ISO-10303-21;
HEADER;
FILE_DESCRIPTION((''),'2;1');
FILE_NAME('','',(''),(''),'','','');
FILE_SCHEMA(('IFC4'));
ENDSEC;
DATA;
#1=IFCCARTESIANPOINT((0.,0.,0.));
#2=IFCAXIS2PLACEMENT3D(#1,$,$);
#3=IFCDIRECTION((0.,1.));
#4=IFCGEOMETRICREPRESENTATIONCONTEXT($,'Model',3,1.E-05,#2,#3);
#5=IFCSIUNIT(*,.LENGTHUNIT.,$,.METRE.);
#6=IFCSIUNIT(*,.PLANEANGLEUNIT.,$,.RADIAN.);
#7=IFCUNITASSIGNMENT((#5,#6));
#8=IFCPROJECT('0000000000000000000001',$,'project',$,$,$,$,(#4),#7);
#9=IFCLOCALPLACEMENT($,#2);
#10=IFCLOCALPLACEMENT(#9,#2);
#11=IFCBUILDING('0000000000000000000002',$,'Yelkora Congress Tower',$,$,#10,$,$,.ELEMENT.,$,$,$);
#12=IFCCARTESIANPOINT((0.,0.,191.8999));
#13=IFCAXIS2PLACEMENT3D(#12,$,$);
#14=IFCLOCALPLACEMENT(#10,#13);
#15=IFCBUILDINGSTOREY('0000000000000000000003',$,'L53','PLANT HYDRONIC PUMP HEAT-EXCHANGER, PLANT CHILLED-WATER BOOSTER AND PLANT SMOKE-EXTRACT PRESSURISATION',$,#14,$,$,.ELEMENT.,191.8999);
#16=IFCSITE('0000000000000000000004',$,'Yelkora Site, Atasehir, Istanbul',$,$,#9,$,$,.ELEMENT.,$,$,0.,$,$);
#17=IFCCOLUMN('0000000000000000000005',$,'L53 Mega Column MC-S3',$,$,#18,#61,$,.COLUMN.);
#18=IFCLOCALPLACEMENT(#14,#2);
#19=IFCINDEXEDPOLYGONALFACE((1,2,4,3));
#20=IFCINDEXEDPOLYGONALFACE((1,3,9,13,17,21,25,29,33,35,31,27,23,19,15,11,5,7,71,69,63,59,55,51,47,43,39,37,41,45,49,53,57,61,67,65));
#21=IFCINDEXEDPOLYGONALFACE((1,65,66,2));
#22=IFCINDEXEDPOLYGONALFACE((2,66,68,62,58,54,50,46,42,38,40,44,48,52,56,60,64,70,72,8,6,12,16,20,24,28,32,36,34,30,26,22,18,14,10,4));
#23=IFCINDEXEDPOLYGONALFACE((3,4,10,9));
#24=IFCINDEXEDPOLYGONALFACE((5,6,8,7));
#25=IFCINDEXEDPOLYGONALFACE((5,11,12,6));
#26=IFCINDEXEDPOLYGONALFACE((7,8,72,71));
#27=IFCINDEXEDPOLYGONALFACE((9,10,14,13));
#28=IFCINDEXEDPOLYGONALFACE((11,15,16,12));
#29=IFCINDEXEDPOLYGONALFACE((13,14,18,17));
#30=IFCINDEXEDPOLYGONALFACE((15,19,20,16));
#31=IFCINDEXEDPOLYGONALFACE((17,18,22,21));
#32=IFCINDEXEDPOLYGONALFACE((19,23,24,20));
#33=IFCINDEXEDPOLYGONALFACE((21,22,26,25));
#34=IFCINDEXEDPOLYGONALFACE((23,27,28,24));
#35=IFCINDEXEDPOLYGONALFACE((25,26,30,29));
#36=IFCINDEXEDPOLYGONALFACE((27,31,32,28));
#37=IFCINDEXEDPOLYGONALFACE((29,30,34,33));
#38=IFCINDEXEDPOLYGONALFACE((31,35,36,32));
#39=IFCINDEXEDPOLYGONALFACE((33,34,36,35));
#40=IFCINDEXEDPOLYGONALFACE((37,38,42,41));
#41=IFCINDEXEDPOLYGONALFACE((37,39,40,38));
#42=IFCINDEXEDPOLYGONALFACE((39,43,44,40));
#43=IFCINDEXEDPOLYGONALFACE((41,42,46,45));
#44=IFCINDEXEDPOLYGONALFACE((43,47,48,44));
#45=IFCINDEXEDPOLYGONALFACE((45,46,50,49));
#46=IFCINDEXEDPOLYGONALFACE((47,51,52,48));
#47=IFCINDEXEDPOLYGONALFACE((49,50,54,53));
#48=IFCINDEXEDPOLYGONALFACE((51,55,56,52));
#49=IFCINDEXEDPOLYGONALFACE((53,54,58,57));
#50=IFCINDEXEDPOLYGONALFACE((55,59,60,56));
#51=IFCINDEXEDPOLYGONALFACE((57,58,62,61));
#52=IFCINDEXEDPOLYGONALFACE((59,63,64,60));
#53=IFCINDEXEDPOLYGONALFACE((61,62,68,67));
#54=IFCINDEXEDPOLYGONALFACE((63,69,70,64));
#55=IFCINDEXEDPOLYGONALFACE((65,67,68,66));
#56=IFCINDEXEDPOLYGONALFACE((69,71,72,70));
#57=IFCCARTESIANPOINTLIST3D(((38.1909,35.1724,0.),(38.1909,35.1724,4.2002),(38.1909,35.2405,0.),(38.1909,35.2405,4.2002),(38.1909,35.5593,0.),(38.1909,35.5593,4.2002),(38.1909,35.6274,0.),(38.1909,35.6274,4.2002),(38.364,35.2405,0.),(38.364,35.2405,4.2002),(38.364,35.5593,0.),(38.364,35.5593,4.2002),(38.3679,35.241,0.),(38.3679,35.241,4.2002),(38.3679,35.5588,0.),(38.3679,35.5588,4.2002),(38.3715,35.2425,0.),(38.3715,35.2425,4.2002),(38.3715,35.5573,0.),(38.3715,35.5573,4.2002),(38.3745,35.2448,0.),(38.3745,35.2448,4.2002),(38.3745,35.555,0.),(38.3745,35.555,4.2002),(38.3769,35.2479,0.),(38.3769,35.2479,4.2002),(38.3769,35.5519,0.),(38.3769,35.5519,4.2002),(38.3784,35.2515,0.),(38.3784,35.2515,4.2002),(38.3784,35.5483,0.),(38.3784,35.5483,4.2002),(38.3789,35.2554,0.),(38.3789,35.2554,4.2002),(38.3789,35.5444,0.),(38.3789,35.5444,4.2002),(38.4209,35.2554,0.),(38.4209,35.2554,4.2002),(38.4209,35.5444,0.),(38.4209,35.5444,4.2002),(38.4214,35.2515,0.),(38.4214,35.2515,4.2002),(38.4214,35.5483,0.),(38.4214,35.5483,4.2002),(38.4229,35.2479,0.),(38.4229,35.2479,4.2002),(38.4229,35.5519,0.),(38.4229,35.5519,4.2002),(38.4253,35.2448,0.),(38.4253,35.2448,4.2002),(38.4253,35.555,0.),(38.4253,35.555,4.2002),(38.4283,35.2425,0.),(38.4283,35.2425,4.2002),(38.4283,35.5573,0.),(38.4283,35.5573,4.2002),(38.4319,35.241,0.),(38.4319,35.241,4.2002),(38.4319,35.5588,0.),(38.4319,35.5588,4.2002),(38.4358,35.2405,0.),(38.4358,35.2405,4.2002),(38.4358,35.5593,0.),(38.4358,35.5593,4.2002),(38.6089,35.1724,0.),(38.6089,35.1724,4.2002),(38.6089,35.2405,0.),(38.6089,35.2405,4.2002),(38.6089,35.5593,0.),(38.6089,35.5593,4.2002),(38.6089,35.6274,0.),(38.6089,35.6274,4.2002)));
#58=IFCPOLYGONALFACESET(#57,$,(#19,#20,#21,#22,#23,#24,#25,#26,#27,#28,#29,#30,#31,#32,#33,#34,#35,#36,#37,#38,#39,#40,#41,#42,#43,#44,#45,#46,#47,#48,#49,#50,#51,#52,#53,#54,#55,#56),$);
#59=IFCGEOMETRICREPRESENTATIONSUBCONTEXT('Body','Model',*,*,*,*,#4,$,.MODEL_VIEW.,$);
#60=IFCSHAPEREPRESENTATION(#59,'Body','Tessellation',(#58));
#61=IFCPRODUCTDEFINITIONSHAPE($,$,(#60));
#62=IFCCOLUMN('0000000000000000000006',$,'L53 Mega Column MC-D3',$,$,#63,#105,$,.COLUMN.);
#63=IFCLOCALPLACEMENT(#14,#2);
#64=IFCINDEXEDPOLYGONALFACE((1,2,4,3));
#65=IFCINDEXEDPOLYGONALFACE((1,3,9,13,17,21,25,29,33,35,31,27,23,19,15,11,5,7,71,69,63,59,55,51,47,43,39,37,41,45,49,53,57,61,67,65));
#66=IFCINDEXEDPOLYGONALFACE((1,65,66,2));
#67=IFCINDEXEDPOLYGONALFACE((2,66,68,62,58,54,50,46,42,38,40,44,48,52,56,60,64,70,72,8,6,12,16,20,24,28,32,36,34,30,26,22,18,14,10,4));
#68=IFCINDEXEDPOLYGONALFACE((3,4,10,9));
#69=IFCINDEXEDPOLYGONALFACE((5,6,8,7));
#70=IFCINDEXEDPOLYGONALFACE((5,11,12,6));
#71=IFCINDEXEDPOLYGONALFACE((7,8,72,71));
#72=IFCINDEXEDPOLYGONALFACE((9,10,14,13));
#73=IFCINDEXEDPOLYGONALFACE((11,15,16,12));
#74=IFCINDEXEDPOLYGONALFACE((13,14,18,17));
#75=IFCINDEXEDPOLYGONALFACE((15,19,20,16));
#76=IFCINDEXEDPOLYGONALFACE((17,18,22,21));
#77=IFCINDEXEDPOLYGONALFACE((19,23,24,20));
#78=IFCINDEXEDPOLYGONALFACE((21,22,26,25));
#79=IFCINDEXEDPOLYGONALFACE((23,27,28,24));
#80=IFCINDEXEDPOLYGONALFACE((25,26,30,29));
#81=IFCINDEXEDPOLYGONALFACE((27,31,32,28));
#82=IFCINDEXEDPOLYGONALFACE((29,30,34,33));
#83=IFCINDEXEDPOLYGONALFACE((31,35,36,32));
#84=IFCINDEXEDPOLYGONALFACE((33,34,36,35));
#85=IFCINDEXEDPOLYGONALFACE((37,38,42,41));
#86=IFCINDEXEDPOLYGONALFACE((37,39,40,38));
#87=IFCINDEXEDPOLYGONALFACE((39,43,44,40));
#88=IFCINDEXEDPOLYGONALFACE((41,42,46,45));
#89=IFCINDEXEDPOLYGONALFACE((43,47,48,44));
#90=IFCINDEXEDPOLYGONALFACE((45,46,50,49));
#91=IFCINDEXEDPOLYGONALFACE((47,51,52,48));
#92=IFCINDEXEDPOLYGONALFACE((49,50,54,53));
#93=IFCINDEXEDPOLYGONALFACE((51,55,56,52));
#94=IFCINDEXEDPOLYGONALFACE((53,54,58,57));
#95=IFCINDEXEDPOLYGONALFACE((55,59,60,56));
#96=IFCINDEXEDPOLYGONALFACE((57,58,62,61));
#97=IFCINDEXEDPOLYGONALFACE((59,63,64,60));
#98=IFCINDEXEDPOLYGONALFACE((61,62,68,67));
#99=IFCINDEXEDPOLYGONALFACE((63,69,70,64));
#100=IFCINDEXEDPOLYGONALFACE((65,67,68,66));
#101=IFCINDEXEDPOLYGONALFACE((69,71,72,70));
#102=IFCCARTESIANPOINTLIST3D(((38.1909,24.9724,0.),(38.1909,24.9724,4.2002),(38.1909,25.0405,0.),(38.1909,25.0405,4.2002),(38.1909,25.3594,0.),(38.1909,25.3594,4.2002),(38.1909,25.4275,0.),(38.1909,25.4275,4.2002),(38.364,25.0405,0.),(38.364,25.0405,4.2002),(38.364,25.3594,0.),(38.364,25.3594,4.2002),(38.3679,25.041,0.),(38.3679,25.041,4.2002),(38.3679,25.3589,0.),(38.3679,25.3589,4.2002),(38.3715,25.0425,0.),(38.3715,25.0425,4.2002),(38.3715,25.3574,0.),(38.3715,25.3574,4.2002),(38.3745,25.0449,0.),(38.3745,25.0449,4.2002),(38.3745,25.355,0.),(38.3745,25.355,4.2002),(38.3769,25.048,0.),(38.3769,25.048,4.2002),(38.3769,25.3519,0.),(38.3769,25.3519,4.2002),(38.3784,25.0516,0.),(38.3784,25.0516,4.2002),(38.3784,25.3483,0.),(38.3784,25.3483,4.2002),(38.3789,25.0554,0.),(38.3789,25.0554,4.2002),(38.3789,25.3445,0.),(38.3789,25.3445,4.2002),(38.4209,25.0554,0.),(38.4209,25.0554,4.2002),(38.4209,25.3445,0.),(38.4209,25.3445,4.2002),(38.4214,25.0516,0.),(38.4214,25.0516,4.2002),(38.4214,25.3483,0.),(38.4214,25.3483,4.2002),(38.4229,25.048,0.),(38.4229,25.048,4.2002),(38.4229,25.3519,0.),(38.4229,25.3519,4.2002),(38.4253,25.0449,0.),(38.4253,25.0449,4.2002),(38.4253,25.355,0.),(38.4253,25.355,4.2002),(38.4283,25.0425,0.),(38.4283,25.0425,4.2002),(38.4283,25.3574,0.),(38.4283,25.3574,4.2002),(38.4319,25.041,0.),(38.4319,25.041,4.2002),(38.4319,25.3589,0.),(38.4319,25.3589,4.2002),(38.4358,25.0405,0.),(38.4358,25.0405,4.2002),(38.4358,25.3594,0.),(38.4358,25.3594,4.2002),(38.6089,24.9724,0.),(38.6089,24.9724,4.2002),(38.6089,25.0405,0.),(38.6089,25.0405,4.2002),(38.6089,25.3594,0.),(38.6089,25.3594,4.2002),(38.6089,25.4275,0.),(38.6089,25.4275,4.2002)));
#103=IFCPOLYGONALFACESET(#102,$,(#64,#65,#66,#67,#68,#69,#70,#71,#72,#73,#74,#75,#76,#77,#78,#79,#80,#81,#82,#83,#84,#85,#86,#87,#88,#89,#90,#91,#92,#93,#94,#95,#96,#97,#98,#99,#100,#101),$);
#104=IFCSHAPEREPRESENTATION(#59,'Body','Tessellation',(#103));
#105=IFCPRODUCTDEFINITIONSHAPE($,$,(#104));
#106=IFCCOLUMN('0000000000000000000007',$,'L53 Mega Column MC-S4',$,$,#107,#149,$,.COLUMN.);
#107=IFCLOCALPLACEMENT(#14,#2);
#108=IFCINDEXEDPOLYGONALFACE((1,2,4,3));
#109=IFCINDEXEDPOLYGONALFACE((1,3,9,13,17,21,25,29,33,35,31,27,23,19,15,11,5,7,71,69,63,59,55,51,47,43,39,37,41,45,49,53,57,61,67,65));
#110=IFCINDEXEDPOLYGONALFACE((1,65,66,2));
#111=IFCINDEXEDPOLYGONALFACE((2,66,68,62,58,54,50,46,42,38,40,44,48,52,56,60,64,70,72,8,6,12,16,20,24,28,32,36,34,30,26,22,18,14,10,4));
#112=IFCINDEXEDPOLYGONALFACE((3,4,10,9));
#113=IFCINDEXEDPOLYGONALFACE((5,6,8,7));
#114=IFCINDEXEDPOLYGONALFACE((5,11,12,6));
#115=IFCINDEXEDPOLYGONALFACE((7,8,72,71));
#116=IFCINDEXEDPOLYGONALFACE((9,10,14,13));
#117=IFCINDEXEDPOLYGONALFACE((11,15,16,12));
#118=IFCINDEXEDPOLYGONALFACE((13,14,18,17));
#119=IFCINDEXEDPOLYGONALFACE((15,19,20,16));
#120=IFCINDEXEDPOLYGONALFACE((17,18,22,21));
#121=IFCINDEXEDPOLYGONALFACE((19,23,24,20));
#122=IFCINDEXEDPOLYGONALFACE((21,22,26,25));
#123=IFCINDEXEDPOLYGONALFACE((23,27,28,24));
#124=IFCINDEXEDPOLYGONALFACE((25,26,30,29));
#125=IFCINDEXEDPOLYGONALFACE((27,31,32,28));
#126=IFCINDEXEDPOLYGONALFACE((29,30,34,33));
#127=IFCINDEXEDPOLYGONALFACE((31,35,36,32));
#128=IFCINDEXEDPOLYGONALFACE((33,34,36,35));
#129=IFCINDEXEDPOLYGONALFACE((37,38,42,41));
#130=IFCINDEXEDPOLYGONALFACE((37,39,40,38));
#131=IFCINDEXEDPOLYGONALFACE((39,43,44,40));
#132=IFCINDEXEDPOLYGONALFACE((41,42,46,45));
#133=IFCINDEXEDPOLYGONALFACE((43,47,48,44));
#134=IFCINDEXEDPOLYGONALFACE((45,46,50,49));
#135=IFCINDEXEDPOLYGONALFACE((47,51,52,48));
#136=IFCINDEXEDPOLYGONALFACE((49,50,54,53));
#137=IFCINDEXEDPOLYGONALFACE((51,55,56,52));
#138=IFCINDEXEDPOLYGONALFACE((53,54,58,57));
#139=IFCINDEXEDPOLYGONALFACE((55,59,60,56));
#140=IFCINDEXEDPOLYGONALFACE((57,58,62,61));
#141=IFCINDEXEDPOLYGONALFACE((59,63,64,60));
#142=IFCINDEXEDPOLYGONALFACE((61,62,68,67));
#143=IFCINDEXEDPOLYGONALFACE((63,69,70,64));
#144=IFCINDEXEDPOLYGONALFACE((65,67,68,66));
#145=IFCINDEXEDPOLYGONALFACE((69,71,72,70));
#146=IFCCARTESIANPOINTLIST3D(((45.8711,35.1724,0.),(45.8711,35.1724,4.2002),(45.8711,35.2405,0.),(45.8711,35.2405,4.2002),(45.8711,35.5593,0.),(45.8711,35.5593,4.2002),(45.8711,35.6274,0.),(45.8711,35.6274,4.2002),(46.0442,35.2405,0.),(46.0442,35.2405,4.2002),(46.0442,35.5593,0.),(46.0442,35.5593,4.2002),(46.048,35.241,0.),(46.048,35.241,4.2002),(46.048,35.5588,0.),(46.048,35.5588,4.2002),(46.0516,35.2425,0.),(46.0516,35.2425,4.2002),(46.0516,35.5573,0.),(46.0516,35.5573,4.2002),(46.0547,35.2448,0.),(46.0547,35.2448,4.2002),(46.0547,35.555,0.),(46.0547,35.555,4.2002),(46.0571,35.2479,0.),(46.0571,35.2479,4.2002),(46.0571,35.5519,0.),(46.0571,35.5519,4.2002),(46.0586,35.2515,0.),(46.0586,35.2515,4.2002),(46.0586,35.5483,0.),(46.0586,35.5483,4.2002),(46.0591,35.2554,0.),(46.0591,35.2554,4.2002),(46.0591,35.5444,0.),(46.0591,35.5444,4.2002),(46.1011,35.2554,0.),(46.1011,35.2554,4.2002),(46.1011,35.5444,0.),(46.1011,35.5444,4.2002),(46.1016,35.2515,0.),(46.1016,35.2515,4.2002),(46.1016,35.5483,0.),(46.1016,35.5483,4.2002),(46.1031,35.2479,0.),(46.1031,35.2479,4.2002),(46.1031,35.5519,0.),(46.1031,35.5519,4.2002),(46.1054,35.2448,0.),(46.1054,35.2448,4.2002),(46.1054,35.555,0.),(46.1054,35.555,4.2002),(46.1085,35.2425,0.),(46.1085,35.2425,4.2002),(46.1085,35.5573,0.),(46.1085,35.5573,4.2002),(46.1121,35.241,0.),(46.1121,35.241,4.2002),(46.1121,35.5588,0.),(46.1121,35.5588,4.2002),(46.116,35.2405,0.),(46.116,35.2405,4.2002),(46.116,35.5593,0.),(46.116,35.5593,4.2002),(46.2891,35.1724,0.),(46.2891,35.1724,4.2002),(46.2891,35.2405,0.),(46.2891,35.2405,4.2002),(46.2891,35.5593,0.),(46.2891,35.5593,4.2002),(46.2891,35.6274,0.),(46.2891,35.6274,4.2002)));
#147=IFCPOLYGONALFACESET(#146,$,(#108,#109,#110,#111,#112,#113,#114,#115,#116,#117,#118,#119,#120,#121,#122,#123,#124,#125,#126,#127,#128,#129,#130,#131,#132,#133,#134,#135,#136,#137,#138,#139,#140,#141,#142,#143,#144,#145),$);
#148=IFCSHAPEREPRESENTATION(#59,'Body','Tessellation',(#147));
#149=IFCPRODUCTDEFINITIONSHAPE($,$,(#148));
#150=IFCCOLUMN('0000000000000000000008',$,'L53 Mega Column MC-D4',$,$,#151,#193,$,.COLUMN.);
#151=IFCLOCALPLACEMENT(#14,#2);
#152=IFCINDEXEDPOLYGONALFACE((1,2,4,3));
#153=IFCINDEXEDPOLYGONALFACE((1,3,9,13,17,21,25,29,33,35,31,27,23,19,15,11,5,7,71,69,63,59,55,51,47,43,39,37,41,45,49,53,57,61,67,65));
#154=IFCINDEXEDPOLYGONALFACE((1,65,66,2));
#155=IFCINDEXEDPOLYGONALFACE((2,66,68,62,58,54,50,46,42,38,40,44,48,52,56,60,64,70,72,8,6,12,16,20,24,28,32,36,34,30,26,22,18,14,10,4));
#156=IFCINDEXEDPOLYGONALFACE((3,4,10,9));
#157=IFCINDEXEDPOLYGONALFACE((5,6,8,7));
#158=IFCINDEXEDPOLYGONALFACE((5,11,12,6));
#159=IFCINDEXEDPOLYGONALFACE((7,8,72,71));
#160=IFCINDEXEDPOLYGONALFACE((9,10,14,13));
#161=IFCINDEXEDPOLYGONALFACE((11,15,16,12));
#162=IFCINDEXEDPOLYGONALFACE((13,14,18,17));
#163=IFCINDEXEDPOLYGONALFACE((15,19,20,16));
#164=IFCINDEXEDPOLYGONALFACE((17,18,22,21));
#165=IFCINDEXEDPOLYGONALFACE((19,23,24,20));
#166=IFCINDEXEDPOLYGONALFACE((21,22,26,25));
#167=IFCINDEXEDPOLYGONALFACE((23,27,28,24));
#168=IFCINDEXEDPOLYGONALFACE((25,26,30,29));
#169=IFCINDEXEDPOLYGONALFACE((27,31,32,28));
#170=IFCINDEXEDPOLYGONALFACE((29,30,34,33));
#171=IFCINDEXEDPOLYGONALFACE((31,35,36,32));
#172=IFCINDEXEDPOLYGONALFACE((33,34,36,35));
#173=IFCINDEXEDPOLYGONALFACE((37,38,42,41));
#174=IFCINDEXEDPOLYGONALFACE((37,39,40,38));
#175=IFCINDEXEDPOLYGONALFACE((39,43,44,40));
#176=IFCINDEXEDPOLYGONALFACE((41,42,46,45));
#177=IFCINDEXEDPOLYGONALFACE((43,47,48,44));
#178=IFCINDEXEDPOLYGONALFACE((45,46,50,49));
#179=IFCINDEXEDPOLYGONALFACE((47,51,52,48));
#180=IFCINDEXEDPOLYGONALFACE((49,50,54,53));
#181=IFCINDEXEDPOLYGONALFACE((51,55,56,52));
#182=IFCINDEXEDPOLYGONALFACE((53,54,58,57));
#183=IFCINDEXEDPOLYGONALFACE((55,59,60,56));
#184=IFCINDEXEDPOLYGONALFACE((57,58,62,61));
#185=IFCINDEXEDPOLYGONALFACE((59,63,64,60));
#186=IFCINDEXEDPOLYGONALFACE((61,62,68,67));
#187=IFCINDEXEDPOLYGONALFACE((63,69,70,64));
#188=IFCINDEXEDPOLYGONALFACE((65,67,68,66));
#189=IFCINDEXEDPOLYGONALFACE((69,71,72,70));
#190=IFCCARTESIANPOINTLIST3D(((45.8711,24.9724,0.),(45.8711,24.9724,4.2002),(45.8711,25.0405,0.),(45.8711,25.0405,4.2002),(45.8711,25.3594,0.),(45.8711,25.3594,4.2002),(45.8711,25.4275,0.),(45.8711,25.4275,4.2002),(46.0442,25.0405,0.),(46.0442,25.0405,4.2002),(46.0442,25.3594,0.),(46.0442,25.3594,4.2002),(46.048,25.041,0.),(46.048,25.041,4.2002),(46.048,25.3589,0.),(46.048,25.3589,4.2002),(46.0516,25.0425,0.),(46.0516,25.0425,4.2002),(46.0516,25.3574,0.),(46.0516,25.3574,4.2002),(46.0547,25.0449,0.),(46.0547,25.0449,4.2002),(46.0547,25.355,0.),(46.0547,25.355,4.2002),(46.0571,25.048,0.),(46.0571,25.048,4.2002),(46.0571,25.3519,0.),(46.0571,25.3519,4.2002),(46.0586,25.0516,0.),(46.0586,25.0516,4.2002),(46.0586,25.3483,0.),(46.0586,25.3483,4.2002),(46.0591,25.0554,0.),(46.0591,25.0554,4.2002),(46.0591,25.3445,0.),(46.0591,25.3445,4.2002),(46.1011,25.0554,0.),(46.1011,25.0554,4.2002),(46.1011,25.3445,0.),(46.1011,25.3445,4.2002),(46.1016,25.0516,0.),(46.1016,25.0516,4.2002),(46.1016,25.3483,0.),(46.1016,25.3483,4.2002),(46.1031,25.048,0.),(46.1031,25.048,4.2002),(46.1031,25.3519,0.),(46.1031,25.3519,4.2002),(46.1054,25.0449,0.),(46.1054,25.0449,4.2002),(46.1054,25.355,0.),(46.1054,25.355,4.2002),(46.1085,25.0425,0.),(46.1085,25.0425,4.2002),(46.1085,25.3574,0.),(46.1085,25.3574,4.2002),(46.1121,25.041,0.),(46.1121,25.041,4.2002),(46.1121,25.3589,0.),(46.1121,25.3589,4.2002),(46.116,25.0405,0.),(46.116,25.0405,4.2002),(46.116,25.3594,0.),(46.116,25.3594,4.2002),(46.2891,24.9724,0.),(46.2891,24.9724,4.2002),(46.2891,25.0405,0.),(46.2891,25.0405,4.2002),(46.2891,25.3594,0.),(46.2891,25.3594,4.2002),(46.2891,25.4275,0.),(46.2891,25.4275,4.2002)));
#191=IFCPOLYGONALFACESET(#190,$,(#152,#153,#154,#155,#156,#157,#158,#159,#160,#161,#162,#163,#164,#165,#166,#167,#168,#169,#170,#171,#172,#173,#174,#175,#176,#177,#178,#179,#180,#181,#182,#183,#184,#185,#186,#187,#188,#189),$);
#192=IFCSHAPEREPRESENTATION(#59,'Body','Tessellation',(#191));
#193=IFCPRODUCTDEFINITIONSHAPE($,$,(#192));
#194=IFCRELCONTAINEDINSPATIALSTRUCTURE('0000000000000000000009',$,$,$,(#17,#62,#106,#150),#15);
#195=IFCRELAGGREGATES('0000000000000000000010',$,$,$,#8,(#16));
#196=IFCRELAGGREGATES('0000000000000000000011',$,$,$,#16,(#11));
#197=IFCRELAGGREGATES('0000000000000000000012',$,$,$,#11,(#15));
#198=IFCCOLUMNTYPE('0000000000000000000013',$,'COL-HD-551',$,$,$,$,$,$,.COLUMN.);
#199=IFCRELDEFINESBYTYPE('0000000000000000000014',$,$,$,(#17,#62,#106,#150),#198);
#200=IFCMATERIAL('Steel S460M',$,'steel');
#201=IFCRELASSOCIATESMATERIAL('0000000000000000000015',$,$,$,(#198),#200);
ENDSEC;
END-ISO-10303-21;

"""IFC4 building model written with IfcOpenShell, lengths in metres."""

from ifc_helpers import new_model, si_unit, direction, frame, origin, origin_2d, place, context, subcontext, project, spatial, i_section, extrude, material, material_profile, profile_set, type_object, element, save


model = new_model("IFC4")

# Units and contexts
model_context = context("Model", 3, precision=1e-05, world=origin(), true_north=direction((0.0, 1.0)))
body_context = subcontext(model_context, "Body", "Model", "MODEL_VIEW")
ifc_project = project(units=[si_unit("LENGTHUNIT", "METRE"), si_unit("PLANEANGLEUNIT", "RADIAN")], contexts=[model_context])

# Site, building, storey
site_placement = place(None, origin())
site = spatial("IfcSite", under=ifc_project, at=site_placement, Name="Yelkora Site, Atasehir, Istanbul", CompositionType="ELEMENT", RefElevation=0.0)
building_placement = place(site_placement, origin())
building = spatial("IfcBuilding", under=site, at=building_placement, Name="Yelkora Congress Tower", CompositionType="ELEMENT")
storey_placement = place(building_placement, frame((0.0, 0.0, 191.8999)))
storey = spatial("IfcBuildingStorey", under=building, at=storey_placement, Name="L53", Description="PLANT HYDRONIC PUMP HEAT-EXCHANGER, PLANT CHILLED-WATER BOOSTER AND PLANT SMOKE-EXTRACT PRESSURISATION", CompositionType="ELEMENT", Elevation=191.8999)

# Columns
ifc_material_1 = material(Name="Steel S460M", Category="steel")
ifc_material_profile_1 = material_profile(ifc_material_1, i_section(OverallWidth=0.418, OverallDepth=0.4551, WebThickness=0.042, FlangeThickness=0.0681, FilletRadius=0.0149, at=origin_2d()), Name="HD 400x551")
ifc_profile_set_1 = profile_set([ifc_material_profile_1], Name="Steel S460M")
column_type = type_object("IfcColumnType", Name="COL-HD-551", PredefinedType="COLUMN", material=ifc_profile_set_1)
for number, where, z_axis, x_axis, name in (
    (1, (38.3999, 35.3999, 0.0), (0.0, 0.0, 1.0), (1.0, 0.0, 0.0), "L53 Mega Column MC-S3"),
    (2, (38.3999, 25.2, 0.0), (0.0, 0.0, 1.0), (1.0, 0.0, 0.0), "L53 Mega Column MC-D3"),
    (3, (46.0801, 35.3999, 0.0), (0.0, 0.0, 1.0), (1.0, 0.0, 0.0), "L53 Mega Column MC-S4"),
    (4, (46.0801, 25.2, 0.0), (0.0, 0.0, 1.0), (1.0, 0.0, 0.0), "L53 Mega Column MC-D4"),
):
    element("IfcColumn", number, at=place(storey_placement, frame(where, z_axis=z_axis, x_axis=x_axis)), inside=storey, type_object=column_type, Name=name, PredefinedType="COLUMN", context=body_context, shape_type="SweptSolid", body=[
        extrude(i_section(OverallWidth=0.418, OverallDepth=0.4551, WebThickness=0.042, FlangeThickness=0.0681, FilletRadius=0.0149, at=origin_2d()), origin(), (0.0, 0.0, 1.0), 4.2002),
    ])

save(model, "model.ifc")
